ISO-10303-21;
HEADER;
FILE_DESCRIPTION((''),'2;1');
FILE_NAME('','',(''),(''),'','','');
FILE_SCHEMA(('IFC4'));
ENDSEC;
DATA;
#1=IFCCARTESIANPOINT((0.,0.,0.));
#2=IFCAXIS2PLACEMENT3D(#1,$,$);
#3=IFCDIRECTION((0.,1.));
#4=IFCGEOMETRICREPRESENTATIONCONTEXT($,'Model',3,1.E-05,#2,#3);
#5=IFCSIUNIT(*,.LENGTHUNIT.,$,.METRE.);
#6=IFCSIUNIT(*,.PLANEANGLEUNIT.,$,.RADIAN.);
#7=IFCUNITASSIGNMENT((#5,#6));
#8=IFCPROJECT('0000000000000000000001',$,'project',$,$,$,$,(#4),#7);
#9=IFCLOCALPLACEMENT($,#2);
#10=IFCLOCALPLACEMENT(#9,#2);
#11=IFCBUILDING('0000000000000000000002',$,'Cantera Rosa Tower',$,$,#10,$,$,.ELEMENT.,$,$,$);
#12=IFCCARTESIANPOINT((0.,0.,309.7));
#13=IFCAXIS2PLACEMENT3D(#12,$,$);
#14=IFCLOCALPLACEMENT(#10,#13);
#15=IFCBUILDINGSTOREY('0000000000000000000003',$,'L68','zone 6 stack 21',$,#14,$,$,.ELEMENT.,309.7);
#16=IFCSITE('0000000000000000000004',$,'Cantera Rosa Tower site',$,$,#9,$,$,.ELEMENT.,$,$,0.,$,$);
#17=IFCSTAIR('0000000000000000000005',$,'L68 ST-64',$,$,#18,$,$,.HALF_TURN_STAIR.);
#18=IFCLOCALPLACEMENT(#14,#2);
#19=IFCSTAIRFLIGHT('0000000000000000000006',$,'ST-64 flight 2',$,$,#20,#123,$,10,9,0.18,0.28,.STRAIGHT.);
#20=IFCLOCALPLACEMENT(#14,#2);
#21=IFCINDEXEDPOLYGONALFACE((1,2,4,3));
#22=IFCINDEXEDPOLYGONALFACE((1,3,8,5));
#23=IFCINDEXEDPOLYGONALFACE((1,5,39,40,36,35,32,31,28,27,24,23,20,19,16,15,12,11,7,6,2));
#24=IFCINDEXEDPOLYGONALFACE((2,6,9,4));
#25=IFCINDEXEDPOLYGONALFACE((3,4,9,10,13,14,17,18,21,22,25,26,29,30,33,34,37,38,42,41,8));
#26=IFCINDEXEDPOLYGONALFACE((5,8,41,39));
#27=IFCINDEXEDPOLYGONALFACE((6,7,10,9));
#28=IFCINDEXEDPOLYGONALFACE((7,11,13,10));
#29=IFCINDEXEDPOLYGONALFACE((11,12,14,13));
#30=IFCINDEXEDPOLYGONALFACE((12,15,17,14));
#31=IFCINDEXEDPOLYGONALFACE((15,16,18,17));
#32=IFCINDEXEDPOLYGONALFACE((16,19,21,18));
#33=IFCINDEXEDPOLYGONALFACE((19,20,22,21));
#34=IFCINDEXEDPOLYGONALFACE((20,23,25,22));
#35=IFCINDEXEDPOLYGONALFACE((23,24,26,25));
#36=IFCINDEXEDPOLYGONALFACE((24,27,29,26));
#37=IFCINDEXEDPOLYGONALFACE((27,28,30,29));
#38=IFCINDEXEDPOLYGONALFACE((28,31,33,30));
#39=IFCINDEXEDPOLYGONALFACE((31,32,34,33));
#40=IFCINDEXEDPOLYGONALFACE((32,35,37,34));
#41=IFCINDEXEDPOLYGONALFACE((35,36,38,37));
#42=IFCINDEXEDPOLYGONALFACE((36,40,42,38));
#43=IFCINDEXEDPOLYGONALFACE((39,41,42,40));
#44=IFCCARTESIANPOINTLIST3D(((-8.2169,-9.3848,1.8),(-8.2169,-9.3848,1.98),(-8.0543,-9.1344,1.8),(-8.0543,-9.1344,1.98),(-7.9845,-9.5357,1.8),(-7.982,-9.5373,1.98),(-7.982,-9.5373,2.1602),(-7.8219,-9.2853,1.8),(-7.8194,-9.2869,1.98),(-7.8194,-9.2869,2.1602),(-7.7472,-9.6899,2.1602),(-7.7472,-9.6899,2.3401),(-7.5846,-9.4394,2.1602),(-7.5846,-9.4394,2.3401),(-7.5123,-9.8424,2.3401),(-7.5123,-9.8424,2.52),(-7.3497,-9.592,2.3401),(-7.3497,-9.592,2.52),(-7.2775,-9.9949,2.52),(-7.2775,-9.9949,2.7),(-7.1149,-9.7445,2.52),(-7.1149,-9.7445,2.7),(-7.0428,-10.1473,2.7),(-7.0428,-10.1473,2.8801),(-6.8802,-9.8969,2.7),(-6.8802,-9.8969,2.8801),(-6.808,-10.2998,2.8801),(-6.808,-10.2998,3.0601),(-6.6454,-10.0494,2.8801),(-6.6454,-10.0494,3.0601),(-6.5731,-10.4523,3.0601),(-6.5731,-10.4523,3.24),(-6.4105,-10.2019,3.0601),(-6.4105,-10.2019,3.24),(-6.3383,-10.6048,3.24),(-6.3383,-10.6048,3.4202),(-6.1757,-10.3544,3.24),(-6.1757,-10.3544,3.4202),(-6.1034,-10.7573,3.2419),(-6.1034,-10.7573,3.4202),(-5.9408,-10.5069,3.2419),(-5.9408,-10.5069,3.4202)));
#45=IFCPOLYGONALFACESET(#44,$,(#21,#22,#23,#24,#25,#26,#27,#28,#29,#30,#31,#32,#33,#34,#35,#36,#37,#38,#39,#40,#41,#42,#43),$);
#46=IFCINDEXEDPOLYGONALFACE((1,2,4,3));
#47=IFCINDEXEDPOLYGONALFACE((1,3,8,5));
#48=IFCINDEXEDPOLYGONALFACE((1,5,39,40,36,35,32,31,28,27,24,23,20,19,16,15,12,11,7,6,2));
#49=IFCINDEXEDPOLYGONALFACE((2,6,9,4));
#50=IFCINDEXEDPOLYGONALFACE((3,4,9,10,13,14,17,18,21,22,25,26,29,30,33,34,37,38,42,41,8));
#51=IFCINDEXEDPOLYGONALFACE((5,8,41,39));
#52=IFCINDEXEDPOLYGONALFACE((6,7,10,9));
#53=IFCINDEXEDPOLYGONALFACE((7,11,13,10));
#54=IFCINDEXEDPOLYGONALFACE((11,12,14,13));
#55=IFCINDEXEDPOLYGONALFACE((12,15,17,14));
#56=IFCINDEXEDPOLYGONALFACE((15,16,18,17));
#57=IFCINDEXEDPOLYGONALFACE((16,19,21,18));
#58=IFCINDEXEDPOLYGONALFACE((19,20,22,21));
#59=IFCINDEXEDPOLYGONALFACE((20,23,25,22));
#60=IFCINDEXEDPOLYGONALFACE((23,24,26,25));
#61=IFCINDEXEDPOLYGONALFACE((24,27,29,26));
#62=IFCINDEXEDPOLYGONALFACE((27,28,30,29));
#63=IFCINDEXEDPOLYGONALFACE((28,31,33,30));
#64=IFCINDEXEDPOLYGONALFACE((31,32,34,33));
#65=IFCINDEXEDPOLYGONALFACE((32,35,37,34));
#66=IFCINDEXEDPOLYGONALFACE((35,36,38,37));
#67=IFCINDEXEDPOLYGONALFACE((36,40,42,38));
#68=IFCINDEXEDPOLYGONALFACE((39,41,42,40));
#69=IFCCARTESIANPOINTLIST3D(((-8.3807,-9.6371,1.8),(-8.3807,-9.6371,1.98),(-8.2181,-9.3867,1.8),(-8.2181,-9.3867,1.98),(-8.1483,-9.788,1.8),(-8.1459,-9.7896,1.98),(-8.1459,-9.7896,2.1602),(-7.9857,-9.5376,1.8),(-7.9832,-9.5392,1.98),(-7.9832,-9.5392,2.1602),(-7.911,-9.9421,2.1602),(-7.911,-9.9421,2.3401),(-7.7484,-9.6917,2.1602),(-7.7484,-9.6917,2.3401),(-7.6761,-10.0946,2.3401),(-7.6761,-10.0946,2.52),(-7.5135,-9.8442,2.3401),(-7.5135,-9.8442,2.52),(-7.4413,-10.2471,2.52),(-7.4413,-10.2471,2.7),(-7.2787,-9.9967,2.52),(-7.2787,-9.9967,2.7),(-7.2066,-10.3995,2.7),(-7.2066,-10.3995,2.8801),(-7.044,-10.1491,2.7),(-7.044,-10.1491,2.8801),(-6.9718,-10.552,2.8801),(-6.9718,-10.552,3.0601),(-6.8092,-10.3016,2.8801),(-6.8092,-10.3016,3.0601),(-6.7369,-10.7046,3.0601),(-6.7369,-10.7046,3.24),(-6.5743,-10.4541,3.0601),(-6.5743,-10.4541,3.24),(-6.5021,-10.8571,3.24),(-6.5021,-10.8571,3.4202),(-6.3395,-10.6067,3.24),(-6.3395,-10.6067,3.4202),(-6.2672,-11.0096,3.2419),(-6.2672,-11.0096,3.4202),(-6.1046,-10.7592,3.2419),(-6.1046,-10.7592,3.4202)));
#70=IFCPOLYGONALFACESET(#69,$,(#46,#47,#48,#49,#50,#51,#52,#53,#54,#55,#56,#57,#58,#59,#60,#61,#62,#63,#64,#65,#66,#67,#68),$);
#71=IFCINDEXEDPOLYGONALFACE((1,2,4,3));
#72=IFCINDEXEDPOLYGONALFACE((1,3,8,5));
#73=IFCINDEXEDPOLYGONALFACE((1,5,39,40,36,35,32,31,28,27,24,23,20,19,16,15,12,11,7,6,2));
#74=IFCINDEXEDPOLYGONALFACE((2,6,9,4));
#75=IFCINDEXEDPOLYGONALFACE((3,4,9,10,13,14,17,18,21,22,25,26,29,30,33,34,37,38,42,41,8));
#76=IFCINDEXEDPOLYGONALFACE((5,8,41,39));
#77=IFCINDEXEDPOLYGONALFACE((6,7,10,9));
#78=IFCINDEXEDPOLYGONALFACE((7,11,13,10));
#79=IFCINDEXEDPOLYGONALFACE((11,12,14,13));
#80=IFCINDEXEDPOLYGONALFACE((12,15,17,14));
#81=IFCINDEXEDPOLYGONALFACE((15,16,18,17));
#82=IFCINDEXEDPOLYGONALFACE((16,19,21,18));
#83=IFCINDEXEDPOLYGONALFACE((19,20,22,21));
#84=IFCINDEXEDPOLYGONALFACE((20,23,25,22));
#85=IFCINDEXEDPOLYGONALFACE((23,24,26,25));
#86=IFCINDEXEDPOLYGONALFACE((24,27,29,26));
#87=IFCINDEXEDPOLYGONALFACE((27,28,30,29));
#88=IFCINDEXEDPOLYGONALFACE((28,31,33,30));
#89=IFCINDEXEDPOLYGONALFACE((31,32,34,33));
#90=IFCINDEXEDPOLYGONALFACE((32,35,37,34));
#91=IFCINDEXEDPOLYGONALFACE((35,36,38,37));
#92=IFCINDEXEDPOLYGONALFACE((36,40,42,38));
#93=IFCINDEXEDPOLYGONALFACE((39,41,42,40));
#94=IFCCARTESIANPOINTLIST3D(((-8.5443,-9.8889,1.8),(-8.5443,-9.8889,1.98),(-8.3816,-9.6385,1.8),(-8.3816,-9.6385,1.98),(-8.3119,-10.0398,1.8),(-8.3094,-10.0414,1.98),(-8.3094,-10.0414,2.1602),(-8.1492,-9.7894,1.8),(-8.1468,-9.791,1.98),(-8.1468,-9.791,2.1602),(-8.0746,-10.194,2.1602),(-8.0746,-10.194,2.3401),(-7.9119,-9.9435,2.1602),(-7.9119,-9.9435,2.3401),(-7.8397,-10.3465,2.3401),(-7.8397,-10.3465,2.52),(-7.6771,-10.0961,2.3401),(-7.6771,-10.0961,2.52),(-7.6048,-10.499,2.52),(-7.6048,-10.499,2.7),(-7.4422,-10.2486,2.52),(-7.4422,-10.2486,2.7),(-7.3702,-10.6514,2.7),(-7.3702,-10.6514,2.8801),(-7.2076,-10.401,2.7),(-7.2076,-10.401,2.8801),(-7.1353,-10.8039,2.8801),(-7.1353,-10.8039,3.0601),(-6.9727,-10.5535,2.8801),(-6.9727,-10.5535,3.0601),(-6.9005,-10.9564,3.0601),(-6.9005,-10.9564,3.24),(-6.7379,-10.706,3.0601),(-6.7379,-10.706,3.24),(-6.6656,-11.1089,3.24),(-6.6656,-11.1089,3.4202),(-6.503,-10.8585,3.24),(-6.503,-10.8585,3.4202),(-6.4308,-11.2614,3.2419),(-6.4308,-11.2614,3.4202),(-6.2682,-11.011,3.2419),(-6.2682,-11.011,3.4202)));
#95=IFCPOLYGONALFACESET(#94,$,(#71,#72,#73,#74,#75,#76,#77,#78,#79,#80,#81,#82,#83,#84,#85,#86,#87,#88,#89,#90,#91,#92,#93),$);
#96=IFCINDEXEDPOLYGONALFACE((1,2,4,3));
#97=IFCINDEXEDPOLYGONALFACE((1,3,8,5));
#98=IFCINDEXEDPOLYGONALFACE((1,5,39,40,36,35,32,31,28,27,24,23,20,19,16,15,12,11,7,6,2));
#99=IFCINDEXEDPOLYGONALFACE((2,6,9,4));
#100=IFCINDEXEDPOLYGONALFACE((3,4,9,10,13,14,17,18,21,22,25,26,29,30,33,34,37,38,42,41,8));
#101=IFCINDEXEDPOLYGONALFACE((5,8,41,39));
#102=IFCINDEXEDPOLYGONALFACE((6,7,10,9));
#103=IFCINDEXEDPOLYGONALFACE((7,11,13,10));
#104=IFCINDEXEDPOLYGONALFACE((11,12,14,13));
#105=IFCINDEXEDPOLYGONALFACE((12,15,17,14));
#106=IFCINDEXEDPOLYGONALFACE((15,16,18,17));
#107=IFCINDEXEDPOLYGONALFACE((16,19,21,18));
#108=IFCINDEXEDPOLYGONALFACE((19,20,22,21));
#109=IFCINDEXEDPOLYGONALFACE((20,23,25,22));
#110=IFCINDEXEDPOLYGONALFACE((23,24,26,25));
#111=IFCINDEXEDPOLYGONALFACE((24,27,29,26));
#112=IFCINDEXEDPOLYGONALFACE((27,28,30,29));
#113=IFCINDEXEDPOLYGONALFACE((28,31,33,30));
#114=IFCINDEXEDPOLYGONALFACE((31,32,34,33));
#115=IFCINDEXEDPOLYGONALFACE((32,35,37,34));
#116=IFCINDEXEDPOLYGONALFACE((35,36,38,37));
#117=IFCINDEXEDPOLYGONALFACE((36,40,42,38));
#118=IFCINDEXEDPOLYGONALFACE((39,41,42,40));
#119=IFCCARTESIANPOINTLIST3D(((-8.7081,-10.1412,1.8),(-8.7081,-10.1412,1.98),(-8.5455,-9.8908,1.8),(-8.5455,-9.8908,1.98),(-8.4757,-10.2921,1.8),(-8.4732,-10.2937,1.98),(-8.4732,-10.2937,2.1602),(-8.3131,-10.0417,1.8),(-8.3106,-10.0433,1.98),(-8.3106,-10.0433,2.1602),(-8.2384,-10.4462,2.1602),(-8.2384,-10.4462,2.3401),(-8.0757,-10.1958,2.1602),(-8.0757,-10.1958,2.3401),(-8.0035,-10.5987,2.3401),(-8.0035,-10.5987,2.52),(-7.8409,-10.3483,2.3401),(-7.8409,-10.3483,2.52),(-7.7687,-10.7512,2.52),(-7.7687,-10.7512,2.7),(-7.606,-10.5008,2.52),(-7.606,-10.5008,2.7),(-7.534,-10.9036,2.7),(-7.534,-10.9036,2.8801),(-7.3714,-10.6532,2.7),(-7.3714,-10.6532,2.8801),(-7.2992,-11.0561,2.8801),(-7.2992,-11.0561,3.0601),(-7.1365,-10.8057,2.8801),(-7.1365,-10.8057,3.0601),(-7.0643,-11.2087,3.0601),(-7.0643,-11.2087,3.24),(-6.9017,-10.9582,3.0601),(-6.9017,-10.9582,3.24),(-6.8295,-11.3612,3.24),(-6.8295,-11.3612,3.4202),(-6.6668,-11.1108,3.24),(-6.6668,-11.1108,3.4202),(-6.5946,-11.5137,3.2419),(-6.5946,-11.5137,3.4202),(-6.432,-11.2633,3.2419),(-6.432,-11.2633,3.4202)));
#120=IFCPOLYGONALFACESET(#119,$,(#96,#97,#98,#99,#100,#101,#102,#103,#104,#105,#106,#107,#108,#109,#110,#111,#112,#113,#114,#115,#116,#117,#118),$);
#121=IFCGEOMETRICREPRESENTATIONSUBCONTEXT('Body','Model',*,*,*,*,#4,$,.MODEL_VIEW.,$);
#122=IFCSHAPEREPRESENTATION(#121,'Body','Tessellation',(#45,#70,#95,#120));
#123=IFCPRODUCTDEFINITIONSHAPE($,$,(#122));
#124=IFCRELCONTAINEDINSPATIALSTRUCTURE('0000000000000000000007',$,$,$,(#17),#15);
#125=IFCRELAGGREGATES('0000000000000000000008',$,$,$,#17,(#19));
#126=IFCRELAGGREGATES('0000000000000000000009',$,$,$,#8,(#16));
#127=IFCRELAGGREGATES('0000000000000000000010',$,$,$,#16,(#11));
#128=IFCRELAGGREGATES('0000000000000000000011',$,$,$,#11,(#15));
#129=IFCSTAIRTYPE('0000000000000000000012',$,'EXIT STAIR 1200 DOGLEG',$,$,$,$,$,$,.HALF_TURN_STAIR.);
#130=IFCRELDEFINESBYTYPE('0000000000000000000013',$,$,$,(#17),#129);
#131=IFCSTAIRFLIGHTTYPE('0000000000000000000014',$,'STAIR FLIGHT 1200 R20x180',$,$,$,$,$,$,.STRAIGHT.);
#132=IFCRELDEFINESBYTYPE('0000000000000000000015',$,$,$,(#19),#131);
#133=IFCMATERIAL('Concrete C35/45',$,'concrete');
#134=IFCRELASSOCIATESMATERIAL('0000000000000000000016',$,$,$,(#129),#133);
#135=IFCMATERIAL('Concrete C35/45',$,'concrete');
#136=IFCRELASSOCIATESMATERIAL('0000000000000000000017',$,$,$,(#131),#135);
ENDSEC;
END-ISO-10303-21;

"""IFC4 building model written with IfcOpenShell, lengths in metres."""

from ifc_helpers import new_model, si_unit, direction, frame, origin, place, context, subcontext, project, spatial, polyline, outline, extrude, material, type_object, element, aggregate, save


model = new_model("IFC4")

# Units and contexts
model_context = context("Model", 3, precision=1e-05, world=origin(), true_north=direction((0.0, 1.0)))
body_context = subcontext(model_context, "Body", "Model", "MODEL_VIEW")
ifc_project = project(units=[si_unit("LENGTHUNIT", "METRE"), si_unit("PLANEANGLEUNIT", "RADIAN")], contexts=[model_context])

# Site, building, storey
site_placement = place(None, origin())
site = spatial("IfcSite", under=ifc_project, at=site_placement, Name="Cantera Rosa Tower site", CompositionType="ELEMENT", RefElevation=0.0)
building_placement = place(site_placement, origin())
building = spatial("IfcBuilding", under=site, at=building_placement, Name="Cantera Rosa Tower", CompositionType="ELEMENT")
storey_placement = place(building_placement, frame((0.0, 0.0, 309.7)))
storey = spatial("IfcBuildingStorey", under=building, at=storey_placement, Name="L68", Description="zone 6 stack 21", CompositionType="ELEMENT", Elevation=309.7)

# Stair, stair flight
ifc_material_1 = material(Name="Concrete C35/45", Category="concrete")
stair_type = type_object("IfcStairType", Name="EXIT STAIR 1200 DOGLEG", PredefinedType="HALF_TURN_STAIR", material=ifc_material_1)
stair_placement = place(storey_placement, origin())
stair = element("IfcStair", 1, at=stair_placement, inside=storey, type_object=stair_type, Name="L68 ST-64", PredefinedType="HALF_TURN_STAIR")
ifc_material_2 = material(Name="Concrete C35/45", Category="concrete")
stair_flight_type = type_object("IfcStairFlightType", Name="STAIR FLIGHT 1200 R20x180", PredefinedType="STRAIGHT", material=ifc_material_2)
stair_flight_1_placement = place(storey_placement, frame((-8.3811, -9.6377, 1.8), z_axis=(0.0, 0.0, 1.0), x_axis=(0.838671, -0.544639, 0.0)))
stair_flight_1 = element("IfcStairFlight", 2, at=stair_flight_1_placement, type_object=stair_flight_type, Name="ST-64 flight 2", NumberOfRisers=10, NumberOfTreads=9, PredefinedType="STRAIGHT", RiserHeight=0.18, TreadLength=0.28, context=body_context, shape_type="SweptSolid", body=[
    extrude(outline(polyline([(0.0, 0.0), (0.0, 0.1799), (0.28, 0.1799), (0.28, 0.3601), (0.5601, 0.3601), (0.5601, 0.54), (0.8401, 0.54), (0.8401, 0.72), (1.1201, 0.72), (1.1201, 0.8999), (1.3999, 0.8999), (1.3999, 1.0801), (1.6799, 1.0801), (1.6799, 1.26), (1.96, 1.26), (1.96, 1.4399), (2.24, 1.4399), (2.24, 1.6201), (2.52, 1.6201), (2.52, 1.8), (2.52, 1.4419), (0.2771, 0.0), (0.0, 0.0)])), frame((0.0, 0.6001, 0.0), z_axis=(0.0, -1.0, 0.0), x_axis=(1.0, 0.0, 0.0)), (0.0, 0.0, 1.0), 0.2986),
    extrude(outline(polyline([(0.0, 0.0), (0.0, 0.1799), (0.28, 0.1799), (0.28, 0.3601), (0.5601, 0.3601), (0.5601, 0.54), (0.8401, 0.54), (0.8401, 0.72), (1.1201, 0.72), (1.1201, 0.8999), (1.3999, 0.8999), (1.3999, 1.0801), (1.6799, 1.0801), (1.6799, 1.26), (1.96, 1.26), (1.96, 1.4399), (2.24, 1.4399), (2.24, 1.6201), (2.52, 1.6201), (2.52, 1.8), (2.52, 1.4419), (0.2771, 0.0), (0.0, 0.0)])), frame((0.0, 0.2993, 0.0), z_axis=(0.0, -1.0, 0.0), x_axis=(1.0, 0.0, 0.0)), (0.0, 0.0, 1.0), 0.2986),
    extrude(outline(polyline([(0.0, 0.0), (0.0, 0.1799), (0.28, 0.1799), (0.28, 0.3601), (0.5601, 0.3601), (0.5601, 0.54), (0.8401, 0.54), (0.8401, 0.72), (1.1201, 0.72), (1.1201, 0.8999), (1.3999, 0.8999), (1.3999, 1.0801), (1.6799, 1.0801), (1.6799, 1.26), (1.96, 1.26), (1.96, 1.4399), (2.24, 1.4399), (2.24, 1.6201), (2.52, 1.6201), (2.52, 1.8), (2.52, 1.4419), (0.2771, 0.0), (0.0, 0.0)])), frame((0.0, -0.001, 0.0), z_axis=(0.0, -1.0, 0.0), x_axis=(1.0, 0.0, 0.0)), (0.0, 0.0, 1.0), 0.2986),
    extrude(outline(polyline([(0.0, 0.0), (0.0, 0.1799), (0.28, 0.1799), (0.28, 0.3601), (0.5601, 0.3601), (0.5601, 0.54), (0.8401, 0.54), (0.8401, 0.72), (1.1201, 0.72), (1.1201, 0.8999), (1.3999, 0.8999), (1.3999, 1.0801), (1.6799, 1.0801), (1.6799, 1.26), (1.96, 1.26), (1.96, 1.4399), (2.24, 1.4399), (2.24, 1.6201), (2.52, 1.6201), (2.52, 1.8), (2.52, 1.4419), (0.2771, 0.0), (0.0, 0.0)])), frame((0.0, -0.3018, 0.0), z_axis=(0.0, -1.0, 0.0), x_axis=(1.0, 0.0, 0.0)), (0.0, 0.0, 1.0), 0.2986),
])
aggregate(stair, [stair_flight_1])

save(model, "model.ifc")
